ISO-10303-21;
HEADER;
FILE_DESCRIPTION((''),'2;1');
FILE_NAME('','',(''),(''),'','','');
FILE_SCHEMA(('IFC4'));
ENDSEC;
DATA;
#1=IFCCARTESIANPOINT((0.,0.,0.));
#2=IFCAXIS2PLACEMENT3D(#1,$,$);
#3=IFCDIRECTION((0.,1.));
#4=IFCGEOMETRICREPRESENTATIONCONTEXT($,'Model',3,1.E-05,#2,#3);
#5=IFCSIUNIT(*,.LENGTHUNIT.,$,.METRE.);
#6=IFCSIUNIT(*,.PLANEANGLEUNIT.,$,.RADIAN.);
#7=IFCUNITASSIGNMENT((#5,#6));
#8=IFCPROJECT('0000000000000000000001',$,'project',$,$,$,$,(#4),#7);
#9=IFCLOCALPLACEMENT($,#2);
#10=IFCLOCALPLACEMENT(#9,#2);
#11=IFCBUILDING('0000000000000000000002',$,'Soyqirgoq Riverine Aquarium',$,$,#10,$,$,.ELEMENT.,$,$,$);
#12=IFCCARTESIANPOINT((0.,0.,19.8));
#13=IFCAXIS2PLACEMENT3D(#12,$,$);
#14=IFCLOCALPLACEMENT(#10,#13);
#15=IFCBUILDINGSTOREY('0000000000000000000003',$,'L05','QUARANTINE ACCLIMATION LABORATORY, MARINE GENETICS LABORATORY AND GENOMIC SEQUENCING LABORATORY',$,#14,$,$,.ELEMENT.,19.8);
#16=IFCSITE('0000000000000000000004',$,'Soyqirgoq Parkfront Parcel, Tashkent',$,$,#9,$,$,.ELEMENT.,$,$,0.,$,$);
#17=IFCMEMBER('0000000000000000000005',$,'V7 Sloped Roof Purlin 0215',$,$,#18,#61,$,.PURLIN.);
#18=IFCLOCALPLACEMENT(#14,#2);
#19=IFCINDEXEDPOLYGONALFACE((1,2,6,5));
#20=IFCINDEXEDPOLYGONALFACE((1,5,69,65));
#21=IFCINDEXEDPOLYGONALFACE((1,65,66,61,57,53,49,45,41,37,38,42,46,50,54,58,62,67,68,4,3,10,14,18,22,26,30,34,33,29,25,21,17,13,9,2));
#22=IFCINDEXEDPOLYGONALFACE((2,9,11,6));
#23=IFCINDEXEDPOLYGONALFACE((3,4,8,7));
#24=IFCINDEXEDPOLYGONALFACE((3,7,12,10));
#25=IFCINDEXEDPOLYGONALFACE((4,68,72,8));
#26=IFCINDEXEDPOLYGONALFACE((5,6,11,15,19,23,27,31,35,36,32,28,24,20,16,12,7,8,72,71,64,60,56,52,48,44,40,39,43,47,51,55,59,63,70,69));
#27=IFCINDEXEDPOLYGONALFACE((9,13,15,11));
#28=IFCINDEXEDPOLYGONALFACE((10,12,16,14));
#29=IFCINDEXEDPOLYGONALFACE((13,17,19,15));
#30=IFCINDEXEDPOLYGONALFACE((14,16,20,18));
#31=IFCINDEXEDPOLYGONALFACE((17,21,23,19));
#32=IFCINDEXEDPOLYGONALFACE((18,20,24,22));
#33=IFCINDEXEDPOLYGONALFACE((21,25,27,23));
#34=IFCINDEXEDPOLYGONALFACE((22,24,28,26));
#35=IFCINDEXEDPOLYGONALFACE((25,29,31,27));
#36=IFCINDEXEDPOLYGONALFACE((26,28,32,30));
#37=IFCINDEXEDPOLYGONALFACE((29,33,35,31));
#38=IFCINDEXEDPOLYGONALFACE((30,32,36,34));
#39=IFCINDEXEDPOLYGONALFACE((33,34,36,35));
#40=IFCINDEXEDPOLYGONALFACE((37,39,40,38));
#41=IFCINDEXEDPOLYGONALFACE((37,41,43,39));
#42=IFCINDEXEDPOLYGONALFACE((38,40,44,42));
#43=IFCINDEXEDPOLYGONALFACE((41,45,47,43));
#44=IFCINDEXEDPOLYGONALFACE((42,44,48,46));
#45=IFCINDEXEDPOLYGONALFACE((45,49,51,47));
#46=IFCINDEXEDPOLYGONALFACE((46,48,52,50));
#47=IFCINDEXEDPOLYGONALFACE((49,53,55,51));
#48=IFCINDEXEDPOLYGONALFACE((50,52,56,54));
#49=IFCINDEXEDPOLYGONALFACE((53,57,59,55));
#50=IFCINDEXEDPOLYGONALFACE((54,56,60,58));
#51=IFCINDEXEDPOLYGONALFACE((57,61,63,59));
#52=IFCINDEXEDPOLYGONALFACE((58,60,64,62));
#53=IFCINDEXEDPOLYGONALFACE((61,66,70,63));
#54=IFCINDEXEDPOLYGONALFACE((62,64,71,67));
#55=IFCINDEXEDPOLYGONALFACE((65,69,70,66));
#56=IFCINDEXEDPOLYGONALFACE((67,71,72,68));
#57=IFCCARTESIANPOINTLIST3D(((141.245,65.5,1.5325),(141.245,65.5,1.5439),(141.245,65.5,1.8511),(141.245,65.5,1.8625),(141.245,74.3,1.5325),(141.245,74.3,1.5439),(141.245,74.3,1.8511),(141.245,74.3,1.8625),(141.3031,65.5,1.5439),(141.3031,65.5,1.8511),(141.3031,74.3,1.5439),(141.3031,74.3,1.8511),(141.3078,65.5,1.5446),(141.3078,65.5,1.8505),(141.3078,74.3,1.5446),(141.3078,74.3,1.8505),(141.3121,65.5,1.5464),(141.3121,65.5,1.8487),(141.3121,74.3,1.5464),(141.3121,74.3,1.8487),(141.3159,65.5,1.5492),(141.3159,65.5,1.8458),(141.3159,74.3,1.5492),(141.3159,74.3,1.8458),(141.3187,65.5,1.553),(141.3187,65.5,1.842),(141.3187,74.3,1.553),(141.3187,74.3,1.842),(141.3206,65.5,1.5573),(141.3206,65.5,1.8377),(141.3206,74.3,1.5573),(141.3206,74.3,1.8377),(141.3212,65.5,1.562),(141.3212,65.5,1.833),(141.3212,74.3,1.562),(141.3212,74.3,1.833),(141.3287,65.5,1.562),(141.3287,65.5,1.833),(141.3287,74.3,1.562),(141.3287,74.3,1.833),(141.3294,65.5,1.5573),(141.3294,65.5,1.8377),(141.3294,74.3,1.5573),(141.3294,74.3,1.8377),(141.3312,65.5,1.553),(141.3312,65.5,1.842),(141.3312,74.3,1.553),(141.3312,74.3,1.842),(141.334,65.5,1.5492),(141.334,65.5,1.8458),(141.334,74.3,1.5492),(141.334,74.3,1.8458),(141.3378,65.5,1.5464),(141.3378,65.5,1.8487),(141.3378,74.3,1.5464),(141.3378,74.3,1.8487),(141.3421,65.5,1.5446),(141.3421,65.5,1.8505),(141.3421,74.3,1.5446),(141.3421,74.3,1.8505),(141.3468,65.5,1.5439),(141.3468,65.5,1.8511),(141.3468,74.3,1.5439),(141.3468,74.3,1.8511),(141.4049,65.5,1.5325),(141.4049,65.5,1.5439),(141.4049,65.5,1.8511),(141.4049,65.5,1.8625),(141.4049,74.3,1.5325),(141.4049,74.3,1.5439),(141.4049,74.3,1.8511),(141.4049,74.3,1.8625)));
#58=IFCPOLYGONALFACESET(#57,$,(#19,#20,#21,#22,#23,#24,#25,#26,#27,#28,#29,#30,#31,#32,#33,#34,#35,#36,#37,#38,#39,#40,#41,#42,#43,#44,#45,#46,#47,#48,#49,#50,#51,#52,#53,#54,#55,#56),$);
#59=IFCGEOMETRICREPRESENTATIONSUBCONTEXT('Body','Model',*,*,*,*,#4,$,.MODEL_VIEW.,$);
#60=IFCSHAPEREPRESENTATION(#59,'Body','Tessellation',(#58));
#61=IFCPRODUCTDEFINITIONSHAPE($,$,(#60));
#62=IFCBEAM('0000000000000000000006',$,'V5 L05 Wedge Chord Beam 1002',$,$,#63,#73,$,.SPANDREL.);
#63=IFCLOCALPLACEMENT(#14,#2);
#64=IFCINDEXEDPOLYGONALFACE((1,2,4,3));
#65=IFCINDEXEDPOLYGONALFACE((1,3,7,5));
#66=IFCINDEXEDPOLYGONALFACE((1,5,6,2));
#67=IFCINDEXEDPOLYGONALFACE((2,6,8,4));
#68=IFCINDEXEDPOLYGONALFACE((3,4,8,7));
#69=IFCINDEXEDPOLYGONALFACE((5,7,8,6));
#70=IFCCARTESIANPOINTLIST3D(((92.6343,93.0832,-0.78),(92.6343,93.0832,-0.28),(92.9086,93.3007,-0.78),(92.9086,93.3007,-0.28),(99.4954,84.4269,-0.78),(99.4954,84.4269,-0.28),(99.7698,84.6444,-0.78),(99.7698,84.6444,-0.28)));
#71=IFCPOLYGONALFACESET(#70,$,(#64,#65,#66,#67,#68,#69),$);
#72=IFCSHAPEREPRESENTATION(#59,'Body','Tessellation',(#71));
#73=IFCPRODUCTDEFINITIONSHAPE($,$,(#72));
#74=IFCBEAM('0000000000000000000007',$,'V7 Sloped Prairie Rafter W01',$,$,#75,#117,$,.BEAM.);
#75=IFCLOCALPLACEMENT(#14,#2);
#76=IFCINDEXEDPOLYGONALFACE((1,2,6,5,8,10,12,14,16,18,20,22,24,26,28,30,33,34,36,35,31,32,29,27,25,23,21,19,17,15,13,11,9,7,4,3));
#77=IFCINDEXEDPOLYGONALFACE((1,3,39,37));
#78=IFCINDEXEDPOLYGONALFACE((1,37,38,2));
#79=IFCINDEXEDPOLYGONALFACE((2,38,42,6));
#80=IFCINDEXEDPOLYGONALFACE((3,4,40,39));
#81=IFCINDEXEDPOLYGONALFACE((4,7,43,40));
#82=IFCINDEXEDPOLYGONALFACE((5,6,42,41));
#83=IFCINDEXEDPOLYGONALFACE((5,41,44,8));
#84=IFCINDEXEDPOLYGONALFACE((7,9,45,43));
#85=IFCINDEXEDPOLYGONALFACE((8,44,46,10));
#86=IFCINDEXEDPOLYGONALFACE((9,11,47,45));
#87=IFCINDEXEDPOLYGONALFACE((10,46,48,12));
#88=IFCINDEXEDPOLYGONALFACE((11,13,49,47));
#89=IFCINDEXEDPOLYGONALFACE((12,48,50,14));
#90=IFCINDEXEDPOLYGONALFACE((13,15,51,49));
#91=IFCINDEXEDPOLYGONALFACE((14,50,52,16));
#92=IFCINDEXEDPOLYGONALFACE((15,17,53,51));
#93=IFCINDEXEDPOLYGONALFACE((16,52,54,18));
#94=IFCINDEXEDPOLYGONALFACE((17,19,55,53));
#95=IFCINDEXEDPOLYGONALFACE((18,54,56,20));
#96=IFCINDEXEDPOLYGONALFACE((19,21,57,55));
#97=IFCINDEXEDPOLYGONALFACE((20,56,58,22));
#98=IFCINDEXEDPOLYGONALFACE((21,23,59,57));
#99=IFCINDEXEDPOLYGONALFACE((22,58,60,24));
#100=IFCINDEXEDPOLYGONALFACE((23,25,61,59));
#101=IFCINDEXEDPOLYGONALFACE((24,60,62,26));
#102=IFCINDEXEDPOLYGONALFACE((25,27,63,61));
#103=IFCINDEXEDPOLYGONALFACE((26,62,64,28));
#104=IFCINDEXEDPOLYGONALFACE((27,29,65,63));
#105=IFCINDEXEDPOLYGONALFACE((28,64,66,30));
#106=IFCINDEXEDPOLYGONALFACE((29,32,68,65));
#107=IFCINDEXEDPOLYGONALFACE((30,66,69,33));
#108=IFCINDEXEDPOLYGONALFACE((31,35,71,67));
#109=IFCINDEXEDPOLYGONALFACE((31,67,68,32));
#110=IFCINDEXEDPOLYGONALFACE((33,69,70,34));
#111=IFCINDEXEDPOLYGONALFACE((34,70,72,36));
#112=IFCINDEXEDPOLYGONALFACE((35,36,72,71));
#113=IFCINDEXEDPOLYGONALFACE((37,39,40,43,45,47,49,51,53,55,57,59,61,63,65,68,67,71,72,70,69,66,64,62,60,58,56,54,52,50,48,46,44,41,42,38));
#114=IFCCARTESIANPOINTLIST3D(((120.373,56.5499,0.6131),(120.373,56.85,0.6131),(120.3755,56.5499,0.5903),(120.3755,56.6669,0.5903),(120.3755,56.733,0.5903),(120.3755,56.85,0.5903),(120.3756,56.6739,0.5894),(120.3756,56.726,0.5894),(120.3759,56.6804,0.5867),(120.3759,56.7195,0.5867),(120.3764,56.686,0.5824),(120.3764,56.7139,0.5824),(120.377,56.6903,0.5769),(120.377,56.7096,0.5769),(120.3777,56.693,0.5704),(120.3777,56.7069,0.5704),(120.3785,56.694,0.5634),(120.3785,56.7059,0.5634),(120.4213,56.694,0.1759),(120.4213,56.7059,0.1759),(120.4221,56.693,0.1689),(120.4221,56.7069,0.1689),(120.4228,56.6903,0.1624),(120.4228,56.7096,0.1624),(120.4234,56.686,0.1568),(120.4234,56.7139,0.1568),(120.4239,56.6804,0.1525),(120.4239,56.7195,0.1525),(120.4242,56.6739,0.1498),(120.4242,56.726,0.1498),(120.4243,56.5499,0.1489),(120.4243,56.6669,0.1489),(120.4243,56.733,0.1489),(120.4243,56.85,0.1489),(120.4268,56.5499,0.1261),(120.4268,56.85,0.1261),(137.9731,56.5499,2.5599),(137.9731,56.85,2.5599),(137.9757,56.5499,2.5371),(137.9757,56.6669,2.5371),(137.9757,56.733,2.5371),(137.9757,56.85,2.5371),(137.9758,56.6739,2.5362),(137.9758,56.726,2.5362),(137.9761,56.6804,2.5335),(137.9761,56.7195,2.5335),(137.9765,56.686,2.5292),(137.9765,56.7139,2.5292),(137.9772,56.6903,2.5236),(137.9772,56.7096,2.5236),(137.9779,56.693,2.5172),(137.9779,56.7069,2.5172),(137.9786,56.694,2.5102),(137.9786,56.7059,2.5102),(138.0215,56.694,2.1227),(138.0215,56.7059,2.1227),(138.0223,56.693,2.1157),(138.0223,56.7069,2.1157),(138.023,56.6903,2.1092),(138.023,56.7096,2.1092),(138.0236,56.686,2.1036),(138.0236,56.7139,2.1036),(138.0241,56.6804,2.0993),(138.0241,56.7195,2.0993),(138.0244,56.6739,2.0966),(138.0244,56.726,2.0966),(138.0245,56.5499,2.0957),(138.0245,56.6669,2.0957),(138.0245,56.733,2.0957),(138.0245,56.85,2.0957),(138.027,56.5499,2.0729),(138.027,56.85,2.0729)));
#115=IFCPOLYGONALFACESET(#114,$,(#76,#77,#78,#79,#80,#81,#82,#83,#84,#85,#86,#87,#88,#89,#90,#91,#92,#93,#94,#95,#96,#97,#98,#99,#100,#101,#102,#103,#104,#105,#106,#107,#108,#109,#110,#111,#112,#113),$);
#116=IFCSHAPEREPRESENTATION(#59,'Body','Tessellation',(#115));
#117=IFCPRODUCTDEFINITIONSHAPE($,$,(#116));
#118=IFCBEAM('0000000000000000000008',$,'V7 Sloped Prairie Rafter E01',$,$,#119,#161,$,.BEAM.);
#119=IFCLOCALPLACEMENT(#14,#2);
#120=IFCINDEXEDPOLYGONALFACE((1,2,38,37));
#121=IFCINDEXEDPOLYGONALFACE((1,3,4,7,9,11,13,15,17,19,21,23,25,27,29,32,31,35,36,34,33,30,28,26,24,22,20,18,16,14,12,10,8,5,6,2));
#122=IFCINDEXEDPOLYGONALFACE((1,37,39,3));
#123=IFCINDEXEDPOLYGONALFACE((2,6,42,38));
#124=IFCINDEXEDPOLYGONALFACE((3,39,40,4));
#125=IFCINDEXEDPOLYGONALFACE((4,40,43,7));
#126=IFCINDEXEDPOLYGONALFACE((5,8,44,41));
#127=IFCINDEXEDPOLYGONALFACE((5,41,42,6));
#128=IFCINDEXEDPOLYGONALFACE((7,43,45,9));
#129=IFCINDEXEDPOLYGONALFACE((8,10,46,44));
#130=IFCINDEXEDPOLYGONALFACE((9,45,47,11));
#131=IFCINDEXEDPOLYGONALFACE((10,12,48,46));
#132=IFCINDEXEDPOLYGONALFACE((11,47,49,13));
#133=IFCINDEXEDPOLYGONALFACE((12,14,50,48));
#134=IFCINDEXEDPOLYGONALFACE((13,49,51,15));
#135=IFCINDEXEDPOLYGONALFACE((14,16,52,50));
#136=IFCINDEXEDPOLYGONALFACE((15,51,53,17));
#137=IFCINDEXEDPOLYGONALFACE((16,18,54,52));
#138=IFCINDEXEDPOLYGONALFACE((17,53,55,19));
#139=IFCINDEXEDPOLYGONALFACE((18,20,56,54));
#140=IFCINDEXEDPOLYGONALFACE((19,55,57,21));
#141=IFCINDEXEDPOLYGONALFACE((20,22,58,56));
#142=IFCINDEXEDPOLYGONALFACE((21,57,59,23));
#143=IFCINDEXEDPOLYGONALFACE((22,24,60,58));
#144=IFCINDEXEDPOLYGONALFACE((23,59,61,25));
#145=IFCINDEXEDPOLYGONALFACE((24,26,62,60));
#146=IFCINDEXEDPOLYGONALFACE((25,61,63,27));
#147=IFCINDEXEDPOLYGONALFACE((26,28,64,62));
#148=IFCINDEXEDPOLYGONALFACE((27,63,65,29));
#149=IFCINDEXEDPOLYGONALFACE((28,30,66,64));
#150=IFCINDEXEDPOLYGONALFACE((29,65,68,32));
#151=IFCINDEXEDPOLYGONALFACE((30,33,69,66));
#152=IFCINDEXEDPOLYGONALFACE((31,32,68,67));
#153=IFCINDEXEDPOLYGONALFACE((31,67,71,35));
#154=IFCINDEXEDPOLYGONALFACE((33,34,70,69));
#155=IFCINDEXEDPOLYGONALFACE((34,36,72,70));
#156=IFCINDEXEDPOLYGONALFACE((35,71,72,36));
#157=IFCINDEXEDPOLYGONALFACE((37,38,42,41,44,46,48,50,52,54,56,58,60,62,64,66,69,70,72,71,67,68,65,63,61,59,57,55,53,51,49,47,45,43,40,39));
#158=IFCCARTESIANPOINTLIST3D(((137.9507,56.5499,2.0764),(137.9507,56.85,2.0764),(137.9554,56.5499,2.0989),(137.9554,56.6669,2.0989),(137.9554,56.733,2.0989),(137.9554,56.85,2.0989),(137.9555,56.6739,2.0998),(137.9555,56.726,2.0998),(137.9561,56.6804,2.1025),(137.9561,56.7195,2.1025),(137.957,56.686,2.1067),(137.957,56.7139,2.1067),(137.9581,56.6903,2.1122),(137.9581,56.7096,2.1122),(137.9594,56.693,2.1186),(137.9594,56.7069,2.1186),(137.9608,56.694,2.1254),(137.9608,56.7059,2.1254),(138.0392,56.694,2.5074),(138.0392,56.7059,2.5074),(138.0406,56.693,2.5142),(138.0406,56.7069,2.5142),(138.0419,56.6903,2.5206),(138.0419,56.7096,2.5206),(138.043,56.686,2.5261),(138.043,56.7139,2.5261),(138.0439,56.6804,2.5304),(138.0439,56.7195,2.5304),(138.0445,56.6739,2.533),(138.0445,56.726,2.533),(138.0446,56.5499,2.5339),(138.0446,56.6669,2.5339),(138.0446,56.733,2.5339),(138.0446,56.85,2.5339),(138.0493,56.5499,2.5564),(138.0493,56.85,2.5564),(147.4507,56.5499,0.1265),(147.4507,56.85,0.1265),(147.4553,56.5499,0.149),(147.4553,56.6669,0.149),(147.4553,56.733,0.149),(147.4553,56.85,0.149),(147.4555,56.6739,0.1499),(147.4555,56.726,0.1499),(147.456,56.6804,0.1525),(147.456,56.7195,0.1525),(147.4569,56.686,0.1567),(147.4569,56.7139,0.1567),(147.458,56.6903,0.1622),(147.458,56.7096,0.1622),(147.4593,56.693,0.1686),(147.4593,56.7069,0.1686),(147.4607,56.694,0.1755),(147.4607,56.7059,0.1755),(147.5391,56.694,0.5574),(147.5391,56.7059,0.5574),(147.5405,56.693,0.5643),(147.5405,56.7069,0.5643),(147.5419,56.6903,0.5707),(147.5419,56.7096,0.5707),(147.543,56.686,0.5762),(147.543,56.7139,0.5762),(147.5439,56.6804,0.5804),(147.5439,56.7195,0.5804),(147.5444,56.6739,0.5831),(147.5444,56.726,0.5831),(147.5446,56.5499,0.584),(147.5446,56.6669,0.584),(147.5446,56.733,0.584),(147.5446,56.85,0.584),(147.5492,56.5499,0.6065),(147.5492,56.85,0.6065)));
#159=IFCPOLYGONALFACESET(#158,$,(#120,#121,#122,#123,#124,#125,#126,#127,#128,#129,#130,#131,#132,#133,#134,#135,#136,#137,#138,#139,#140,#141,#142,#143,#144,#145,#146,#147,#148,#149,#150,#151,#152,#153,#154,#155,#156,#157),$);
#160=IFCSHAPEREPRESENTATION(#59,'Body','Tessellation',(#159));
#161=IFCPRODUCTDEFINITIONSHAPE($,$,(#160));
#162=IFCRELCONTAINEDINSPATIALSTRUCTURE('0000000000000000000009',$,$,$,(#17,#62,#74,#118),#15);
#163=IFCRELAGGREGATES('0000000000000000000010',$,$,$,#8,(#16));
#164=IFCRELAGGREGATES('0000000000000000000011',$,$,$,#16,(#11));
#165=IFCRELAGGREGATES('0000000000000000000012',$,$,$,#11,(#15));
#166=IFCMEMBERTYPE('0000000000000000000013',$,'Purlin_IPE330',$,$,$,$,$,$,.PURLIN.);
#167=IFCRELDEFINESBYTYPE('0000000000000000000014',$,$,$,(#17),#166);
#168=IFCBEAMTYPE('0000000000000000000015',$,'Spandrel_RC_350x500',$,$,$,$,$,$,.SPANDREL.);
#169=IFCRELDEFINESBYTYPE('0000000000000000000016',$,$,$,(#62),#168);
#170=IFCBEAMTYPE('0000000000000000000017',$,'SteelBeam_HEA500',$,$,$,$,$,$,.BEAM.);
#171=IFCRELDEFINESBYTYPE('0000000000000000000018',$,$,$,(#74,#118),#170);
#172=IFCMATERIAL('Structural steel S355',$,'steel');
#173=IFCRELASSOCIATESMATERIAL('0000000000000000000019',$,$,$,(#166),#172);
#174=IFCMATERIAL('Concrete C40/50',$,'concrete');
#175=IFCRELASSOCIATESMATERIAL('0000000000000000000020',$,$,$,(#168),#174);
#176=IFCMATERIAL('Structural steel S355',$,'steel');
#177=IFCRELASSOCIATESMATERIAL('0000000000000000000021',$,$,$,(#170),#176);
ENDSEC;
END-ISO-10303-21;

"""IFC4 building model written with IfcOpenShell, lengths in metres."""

from ifc_helpers import new_model, si_unit, direction, frame, origin, origin_2d, place, context, subcontext, project, spatial, rectangle, i_section, extrude, material, material_profile, profile_set, type_object, element, save


model = new_model("IFC4")

# Units and contexts
model_context = context("Model", 3, precision=1e-05, world=origin(), true_north=direction((0.0, 1.0)))
body_context = subcontext(model_context, "Body", "Model", "MODEL_VIEW")
ifc_project = project(units=[si_unit("LENGTHUNIT", "METRE"), si_unit("PLANEANGLEUNIT", "RADIAN")], contexts=[model_context])

# Site, building, storey
site_placement = place(None, origin())
site = spatial("IfcSite", under=ifc_project, at=site_placement, Name="Soyqirgoq Parkfront Parcel, Tashkent", CompositionType="ELEMENT", RefElevation=0.0)
building_placement = place(site_placement, origin())
building = spatial("IfcBuilding", under=site, at=building_placement, Name="Soyqirgoq Riverine Aquarium", CompositionType="ELEMENT")
storey_placement = place(building_placement, frame((0.0, 0.0, 19.8)))
storey = spatial("IfcBuildingStorey", under=building, at=storey_placement, Name="L05", Description="QUARANTINE ACCLIMATION LABORATORY, MARINE GENETICS LABORATORY AND GENOMIC SEQUENCING LABORATORY", CompositionType="ELEMENT", Elevation=19.8)

# Member
ifc_material_1 = material(Name="Structural steel S355", Category="steel")
ifc_material_profile_1 = material_profile(ifc_material_1, i_section(OverallWidth=0.1599, OverallDepth=0.3301, WebThickness=0.0076, FlangeThickness=0.0115, FilletRadius=0.0181, at=origin_2d()), Name="IPE 330")
ifc_profile_set_1 = profile_set([ifc_material_profile_1], Name="Structural steel S355")
member_type_1 = type_object("IfcMemberType", Name="Purlin_IPE330", PredefinedType="PURLIN", material=ifc_profile_set_1)
member_1_placement = place(storey_placement, frame((141.325, 65.5, 1.6975), z_axis=(0.0, 1.0, 0.0), x_axis=(-1.0, 0.0, 0.0)))
element("IfcMember", 1, at=member_1_placement, inside=storey, type_object=member_type_1, Name="V7 Sloped Roof Purlin 0215", PredefinedType="PURLIN", context=body_context, shape_type="SweptSolid", body=[
    extrude(i_section(OverallWidth=0.1599, OverallDepth=0.3301, WebThickness=0.0076, FlangeThickness=0.0115, FilletRadius=0.0181, at=origin_2d()), origin(), (0.0, 0.0, 1.0), 8.8),
])

# Beams
ifc_material_2 = material(Name="Concrete C40/50", Category="concrete")
ifc_material_profile_2 = material_profile(ifc_material_2, rectangle(XDim=0.3501, YDim=0.5, at=origin_2d()), Name="RC 350x500")
ifc_profile_set_2 = profile_set([ifc_material_profile_2], Name="Concrete C40/50")
beam_type_1 = type_object("IfcBeamType", Name="Spandrel_RC_350x500", PredefinedType="SPANDREL", material=ifc_profile_set_2)
beam_1_placement = place(storey_placement, frame((99.6326, 84.5356, -0.53), z_axis=(-0.62116, 0.783684, 0.0), x_axis=(-0.783684, -0.62116, 0.0)))
element("IfcBeam", 2, at=beam_1_placement, inside=storey, type_object=beam_type_1, Name="V5 L05 Wedge Chord Beam 1002", PredefinedType="SPANDREL", context=body_context, shape_type="SweptSolid", body=[
    extrude(rectangle(XDim=0.3501, YDim=0.5, at=origin_2d()), origin(), (0.0, 0.0, 1.0), 11.0457),
])
ifc_material_3 = material(Name="Structural steel S355", Category="steel")
ifc_material_profile_3 = material_profile(ifc_material_3, i_section(OverallWidth=0.3, OverallDepth=0.49, WebThickness=0.012, FlangeThickness=0.0229, FilletRadius=0.0271, at=origin_2d()), Name="HEA 500")
ifc_profile_set_3 = profile_set([ifc_material_profile_3], Name="Structural steel S355")
beam_type_2 = type_object("IfcBeamType", Name="SteelBeam_HEA500", PredefinedType="BEAM", material=ifc_profile_set_3)
beam_2_placement = place(storey_placement, frame((120.3999, 56.7, 0.3696), z_axis=(0.993938, 0.0, 0.109941), x_axis=(0.0, 1.0, 0.0)))
element("IfcBeam", 3, at=beam_2_placement, inside=storey, type_object=beam_type_2, Name="V7 Sloped Prairie Rafter W01", PredefinedType="BEAM", context=body_context, shape_type="SweptSolid", body=[
    extrude(i_section(OverallWidth=0.3, OverallDepth=0.49, WebThickness=0.012, FlangeThickness=0.0229, FilletRadius=0.0271, at=origin_2d()), origin(), (0.0, 0.0, 1.0), 17.7075),
])
beam_3_placement = place(storey_placement, frame((138.0, 56.7, 2.3164), z_axis=(0.979578, 0.0, -0.201066), x_axis=(0.0, 1.0, 0.0)))
element("IfcBeam", 4, at=beam_3_placement, inside=storey, type_object=beam_type_2, Name="V7 Sloped Prairie Rafter E01", PredefinedType="BEAM", context=body_context, shape_type="SweptSolid", body=[
    extrude(i_section(OverallWidth=0.3, OverallDepth=0.49, WebThickness=0.012, FlangeThickness=0.0229, FilletRadius=0.0271, at=origin_2d()), origin(), (0.0, 0.0, 1.0), 9.698),
])

save(model, "model.ifc")
